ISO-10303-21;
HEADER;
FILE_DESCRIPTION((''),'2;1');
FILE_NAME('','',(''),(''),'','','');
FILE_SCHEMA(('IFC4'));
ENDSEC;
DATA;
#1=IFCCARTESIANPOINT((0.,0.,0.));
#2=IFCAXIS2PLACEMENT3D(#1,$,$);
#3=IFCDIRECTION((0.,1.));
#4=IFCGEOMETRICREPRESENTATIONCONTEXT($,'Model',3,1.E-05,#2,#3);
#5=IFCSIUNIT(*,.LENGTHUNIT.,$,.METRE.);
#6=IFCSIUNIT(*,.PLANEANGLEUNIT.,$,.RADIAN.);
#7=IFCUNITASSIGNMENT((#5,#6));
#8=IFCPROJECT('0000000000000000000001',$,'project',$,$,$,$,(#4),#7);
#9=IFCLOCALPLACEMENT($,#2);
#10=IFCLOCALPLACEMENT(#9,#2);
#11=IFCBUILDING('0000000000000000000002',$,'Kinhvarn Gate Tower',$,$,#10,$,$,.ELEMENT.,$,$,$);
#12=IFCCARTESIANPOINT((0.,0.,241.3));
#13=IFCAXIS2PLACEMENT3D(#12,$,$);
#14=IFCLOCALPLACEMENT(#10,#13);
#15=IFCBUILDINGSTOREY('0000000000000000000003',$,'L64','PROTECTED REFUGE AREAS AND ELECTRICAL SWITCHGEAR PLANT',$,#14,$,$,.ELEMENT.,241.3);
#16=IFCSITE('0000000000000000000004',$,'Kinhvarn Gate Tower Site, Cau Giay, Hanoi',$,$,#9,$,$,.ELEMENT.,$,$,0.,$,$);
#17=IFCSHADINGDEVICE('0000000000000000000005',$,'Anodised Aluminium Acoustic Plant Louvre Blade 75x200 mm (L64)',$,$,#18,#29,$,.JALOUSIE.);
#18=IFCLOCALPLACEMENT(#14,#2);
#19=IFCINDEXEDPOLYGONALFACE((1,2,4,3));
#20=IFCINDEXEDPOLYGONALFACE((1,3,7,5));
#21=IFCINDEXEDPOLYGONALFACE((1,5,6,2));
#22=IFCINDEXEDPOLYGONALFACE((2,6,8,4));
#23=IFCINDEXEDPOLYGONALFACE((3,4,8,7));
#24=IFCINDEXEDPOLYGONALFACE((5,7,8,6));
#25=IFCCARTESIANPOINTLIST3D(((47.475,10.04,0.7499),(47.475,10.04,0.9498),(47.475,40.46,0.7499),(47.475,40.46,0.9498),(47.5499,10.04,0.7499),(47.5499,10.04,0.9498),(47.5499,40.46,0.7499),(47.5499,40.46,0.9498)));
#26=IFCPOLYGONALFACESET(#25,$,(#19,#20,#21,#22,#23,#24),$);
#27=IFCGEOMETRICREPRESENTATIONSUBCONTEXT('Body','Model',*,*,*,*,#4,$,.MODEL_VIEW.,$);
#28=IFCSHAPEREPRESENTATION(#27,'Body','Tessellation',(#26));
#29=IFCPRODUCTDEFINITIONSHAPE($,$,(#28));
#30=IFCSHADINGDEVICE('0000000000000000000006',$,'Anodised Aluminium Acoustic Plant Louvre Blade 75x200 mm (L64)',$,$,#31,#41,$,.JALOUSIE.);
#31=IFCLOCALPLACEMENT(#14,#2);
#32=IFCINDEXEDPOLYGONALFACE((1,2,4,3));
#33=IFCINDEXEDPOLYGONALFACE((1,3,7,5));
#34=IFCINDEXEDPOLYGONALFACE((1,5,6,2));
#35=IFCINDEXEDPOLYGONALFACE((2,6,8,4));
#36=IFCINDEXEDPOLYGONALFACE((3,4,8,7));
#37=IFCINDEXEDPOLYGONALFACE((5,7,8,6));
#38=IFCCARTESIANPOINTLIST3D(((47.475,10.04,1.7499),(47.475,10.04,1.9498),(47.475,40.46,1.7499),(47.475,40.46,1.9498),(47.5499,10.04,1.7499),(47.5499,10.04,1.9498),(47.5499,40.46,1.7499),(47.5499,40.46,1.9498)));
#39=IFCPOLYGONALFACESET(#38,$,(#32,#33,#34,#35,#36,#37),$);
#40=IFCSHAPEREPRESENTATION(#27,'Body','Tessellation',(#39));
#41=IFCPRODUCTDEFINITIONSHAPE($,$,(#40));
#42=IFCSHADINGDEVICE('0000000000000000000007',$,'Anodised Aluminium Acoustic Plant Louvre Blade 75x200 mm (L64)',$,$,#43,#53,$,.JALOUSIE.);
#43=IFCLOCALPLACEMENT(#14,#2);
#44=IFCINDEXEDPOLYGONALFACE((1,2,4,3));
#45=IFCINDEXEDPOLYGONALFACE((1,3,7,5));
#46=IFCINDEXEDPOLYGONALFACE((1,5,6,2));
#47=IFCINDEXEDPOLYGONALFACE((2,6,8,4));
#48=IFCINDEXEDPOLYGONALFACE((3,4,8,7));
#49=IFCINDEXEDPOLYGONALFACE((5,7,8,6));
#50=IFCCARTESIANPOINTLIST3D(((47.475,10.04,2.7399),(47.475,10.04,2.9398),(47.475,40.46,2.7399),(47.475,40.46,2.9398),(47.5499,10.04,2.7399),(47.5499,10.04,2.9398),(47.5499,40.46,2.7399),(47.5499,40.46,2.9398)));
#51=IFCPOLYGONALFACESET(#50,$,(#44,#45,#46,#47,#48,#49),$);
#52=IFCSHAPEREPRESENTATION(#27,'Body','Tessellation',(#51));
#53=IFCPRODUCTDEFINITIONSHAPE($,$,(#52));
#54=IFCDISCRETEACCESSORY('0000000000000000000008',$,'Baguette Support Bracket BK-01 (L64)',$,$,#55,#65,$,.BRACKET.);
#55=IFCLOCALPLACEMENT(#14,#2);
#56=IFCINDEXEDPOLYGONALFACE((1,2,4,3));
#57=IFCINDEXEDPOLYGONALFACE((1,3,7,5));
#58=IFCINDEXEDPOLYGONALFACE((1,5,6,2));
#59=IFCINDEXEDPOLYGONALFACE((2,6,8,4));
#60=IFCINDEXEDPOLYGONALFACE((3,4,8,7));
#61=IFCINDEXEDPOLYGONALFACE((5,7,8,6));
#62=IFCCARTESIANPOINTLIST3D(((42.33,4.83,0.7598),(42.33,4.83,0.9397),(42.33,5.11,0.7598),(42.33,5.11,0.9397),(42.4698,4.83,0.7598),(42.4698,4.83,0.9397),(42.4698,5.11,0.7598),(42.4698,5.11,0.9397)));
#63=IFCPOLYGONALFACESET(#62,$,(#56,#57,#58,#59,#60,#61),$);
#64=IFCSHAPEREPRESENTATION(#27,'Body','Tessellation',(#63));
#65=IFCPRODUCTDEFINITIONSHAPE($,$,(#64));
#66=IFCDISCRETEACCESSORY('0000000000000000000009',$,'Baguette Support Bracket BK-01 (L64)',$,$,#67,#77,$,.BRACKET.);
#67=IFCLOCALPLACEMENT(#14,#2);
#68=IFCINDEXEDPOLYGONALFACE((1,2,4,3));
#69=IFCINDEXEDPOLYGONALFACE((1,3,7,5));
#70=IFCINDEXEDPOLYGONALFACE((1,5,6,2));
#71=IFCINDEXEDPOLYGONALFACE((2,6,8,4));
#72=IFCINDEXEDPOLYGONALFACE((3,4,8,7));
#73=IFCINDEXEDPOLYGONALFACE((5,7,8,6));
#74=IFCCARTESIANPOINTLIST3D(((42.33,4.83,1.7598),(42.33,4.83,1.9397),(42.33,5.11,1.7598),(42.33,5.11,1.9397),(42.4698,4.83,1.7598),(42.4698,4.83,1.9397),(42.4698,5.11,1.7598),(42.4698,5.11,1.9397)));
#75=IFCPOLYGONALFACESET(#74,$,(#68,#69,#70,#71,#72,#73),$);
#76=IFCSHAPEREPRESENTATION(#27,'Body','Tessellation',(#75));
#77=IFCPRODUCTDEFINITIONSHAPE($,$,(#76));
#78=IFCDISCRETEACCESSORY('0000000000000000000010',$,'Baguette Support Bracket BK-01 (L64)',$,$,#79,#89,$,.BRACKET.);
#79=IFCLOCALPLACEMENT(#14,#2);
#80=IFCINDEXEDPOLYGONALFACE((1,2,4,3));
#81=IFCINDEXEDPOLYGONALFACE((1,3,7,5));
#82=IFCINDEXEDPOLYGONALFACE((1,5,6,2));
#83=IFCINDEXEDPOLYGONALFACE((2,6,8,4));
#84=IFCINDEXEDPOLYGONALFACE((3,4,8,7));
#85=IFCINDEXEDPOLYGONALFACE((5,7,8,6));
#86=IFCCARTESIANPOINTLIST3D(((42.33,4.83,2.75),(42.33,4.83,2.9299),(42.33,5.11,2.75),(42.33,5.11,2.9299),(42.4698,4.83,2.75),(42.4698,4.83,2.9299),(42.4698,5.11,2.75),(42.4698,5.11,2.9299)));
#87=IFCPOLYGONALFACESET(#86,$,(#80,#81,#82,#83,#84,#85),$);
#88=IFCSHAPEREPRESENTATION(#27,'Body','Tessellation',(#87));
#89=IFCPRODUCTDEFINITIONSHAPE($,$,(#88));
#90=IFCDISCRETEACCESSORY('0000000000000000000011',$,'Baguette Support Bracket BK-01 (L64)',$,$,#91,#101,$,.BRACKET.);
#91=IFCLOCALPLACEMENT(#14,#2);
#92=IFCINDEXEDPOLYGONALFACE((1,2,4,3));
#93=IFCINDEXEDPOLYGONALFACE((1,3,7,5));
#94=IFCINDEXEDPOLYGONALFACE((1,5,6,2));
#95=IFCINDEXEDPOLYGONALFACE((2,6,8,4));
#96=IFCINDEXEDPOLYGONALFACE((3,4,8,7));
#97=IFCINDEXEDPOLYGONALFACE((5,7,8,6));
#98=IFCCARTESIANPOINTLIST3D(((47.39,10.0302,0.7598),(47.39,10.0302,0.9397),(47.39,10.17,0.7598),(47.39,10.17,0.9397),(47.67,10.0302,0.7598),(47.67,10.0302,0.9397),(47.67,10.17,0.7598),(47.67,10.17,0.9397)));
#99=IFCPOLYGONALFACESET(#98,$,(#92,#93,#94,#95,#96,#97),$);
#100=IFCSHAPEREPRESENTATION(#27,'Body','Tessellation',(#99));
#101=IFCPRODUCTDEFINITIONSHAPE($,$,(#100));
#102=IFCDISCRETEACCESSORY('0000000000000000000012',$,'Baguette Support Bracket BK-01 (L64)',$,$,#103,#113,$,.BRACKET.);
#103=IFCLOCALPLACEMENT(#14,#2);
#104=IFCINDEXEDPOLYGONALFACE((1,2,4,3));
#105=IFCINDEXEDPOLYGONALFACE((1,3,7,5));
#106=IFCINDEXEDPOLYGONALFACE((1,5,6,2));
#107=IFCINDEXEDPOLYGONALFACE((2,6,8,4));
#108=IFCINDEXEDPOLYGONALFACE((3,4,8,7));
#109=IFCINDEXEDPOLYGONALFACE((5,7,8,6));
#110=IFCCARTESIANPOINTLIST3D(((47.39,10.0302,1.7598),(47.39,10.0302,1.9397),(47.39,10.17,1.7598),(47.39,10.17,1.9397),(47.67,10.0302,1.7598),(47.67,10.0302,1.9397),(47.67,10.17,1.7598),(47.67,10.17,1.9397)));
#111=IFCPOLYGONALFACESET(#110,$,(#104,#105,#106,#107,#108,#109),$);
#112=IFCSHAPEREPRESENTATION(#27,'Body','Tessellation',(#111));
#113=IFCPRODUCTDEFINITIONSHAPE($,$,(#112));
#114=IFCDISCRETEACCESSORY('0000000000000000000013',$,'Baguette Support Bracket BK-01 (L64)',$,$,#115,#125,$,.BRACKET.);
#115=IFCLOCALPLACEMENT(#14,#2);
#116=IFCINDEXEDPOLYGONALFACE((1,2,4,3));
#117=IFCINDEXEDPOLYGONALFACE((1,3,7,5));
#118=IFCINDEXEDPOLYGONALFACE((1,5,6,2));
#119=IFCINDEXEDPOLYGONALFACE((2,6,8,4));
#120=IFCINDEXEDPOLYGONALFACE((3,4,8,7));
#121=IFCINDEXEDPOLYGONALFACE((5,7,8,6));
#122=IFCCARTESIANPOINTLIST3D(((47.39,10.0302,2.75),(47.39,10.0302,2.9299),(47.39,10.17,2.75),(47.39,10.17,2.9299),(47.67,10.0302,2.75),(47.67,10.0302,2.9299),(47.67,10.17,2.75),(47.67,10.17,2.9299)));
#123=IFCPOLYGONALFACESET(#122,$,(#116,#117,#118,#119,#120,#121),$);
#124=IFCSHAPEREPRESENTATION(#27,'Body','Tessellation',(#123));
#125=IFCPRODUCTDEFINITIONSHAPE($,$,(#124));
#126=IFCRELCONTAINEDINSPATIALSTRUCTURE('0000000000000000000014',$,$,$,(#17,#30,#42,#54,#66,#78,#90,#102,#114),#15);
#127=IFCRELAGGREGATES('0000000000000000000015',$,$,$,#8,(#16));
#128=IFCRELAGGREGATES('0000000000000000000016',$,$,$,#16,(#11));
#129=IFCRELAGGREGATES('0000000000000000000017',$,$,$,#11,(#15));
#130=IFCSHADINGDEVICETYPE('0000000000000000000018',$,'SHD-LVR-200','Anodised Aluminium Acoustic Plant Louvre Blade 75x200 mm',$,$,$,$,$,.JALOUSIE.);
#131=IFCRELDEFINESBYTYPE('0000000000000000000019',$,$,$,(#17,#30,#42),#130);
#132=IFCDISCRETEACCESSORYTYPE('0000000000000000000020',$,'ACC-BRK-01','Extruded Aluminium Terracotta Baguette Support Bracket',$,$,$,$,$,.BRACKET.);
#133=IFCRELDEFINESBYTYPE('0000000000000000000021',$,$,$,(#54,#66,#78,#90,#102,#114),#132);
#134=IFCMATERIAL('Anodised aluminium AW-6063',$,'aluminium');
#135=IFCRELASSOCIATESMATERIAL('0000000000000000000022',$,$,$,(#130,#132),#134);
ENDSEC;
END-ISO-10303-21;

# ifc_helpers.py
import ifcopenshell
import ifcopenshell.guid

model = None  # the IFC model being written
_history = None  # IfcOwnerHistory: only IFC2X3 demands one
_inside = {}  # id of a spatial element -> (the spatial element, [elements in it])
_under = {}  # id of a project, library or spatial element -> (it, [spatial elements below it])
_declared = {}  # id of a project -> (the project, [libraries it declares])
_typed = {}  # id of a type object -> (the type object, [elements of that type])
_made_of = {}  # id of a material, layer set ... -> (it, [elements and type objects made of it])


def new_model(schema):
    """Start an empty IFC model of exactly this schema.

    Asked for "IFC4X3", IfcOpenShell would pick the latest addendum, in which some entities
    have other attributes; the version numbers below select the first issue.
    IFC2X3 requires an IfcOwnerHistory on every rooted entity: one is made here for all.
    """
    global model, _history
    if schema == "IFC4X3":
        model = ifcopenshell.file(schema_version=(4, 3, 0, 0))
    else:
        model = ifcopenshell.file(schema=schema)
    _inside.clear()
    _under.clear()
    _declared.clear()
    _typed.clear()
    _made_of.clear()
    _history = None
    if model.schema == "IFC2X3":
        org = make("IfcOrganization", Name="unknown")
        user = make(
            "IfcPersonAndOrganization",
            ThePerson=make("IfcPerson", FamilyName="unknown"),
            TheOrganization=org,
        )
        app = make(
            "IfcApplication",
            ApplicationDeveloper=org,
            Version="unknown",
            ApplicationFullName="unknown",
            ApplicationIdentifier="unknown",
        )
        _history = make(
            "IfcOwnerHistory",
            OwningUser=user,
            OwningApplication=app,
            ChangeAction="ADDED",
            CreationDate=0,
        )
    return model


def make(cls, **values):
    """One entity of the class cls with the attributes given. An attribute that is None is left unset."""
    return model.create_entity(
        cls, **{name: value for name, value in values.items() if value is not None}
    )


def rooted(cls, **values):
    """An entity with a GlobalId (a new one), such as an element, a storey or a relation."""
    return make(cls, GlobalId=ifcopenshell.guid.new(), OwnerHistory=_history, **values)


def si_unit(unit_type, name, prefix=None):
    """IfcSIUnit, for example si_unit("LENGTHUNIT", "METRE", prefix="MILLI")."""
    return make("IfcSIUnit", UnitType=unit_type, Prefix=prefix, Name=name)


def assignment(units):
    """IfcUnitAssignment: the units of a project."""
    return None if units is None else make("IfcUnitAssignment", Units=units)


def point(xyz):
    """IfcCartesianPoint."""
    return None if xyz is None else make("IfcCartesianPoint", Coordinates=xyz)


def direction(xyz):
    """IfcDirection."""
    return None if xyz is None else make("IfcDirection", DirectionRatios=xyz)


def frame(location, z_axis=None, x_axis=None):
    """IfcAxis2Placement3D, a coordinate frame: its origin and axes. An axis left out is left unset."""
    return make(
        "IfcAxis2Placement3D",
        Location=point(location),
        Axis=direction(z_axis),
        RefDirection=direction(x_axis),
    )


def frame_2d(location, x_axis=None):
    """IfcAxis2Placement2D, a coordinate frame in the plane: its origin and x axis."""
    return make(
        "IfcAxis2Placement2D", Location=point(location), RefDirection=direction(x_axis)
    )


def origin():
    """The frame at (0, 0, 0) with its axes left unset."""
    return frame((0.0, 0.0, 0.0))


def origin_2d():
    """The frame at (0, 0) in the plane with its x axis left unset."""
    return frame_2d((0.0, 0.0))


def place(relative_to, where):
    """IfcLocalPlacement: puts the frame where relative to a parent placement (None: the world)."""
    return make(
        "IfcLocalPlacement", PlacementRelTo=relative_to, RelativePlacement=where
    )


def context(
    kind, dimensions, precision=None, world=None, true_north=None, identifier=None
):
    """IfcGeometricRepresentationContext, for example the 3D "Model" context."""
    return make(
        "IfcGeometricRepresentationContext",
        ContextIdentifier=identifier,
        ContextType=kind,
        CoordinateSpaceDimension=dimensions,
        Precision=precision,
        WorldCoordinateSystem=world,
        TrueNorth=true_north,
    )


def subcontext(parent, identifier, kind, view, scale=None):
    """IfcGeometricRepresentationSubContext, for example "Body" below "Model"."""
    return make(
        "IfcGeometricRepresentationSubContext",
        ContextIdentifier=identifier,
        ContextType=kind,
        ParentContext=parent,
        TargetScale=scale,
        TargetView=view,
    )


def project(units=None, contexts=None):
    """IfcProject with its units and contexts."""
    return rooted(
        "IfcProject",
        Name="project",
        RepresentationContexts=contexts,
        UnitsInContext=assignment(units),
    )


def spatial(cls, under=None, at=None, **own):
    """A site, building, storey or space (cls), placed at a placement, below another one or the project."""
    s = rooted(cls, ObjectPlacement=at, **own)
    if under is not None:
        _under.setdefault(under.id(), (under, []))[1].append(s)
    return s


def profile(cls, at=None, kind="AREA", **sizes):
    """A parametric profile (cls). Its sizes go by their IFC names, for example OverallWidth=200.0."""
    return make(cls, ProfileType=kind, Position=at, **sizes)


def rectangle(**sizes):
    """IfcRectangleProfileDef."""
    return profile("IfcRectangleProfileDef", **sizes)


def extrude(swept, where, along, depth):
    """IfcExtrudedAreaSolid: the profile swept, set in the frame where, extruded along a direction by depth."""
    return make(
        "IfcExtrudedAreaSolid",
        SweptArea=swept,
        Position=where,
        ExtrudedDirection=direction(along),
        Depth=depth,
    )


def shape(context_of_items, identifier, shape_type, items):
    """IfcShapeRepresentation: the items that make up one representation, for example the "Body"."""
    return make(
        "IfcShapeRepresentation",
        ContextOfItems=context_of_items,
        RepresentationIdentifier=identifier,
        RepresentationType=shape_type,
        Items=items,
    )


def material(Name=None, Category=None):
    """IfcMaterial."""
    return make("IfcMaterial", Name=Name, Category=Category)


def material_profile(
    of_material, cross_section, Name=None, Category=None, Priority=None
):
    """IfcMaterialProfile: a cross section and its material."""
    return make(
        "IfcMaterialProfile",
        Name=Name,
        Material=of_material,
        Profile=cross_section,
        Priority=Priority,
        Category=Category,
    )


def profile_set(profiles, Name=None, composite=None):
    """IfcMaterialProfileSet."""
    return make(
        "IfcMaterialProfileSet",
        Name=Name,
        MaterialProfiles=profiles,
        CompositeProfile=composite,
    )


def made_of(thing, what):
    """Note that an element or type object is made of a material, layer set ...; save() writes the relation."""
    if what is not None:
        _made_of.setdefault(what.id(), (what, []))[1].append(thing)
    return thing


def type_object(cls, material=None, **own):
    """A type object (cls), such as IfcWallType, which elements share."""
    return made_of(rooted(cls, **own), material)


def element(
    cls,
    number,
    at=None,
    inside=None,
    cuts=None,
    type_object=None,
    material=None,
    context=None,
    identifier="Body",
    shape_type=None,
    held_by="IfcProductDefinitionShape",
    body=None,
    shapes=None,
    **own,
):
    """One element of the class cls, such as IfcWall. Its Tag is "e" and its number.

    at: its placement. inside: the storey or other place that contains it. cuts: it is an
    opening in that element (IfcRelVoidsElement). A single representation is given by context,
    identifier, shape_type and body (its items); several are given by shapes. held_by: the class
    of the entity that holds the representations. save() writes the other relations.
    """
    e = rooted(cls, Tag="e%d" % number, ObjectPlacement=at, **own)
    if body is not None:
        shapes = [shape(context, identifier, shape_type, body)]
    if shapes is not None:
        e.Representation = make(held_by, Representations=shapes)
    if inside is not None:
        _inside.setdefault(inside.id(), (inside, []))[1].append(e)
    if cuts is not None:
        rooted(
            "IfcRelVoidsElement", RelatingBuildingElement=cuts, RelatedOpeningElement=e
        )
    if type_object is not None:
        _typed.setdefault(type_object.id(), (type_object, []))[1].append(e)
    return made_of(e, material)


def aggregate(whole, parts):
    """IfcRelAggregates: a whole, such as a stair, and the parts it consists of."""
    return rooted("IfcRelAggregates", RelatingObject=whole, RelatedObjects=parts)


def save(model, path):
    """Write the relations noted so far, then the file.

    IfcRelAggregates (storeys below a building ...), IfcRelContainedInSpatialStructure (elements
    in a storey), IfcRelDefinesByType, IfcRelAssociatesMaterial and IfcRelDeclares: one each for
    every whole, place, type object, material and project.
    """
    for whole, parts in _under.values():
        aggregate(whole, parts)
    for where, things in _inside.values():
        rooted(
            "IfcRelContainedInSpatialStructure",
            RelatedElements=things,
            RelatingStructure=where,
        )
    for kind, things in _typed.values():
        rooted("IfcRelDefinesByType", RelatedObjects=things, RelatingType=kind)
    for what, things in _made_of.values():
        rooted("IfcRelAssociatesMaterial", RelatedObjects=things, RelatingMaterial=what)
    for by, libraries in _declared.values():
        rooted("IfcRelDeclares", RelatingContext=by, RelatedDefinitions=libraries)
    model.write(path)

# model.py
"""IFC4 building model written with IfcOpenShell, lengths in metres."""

from ifc_helpers import new_model, si_unit, direction, frame, origin, origin_2d, place, context, subcontext, project, spatial, rectangle, extrude, material, material_profile, profile_set, type_object, element, save


model = new_model("IFC4")

# Units and contexts
model_context = context("Model", 3, precision=1e-05, world=origin(), true_north=direction((0.0, 1.0)))
body_context = subcontext(model_context, "Body", "Model", "MODEL_VIEW")
ifc_project = project(units=[si_unit("LENGTHUNIT", "METRE"), si_unit("PLANEANGLEUNIT", "RADIAN")], contexts=[model_context])

# Site, building, storey
site_placement = place(None, origin())
site = spatial("IfcSite", under=ifc_project, at=site_placement, Name="Kinhvarn Gate Tower Site, Cau Giay, Hanoi", CompositionType="ELEMENT", RefElevation=0.0)
building_placement = place(site_placement, origin())
building = spatial("IfcBuilding", under=site, at=building_placement, Name="Kinhvarn Gate Tower", CompositionType="ELEMENT")
storey_placement = place(building_placement, frame((0.0, 0.0, 241.3)))
storey = spatial("IfcBuildingStorey", under=building, at=storey_placement, Name="L64", Description="PROTECTED REFUGE AREAS AND ELECTRICAL SWITCHGEAR PLANT", CompositionType="ELEMENT", Elevation=241.3)

# Shared definitions
ifc_material_1 = material(Name="Anodised aluminium AW-6063", Category="aluminium")

# Shading devices
ifc_material_profile_1 = material_profile(ifc_material_1, rectangle(XDim=0.075, YDim=0.2, at=origin_2d()), Name="LOUVRE 75x200")
ifc_profile_set_1 = profile_set([ifc_material_profile_1], Name="Anodised aluminium AW-6063")
shading_device_type = type_object("IfcShadingDeviceType", Name="SHD-LVR-200", Description="Anodised Aluminium Acoustic Plant Louvre Blade 75x200 mm", PredefinedType="JALOUSIE", material=ifc_profile_set_1)
for number, where, z_axis, x_axis, name in (
    (1, (47.5125, 10.04, 0.8499), (0.0, 1.0, 0.0), (-1.0, 0.0, 0.0), "Anodised Aluminium Acoustic Plant Louvre Blade 75x200 mm (L64)"),
    (2, (47.5125, 10.04, 1.8499), (0.0, 1.0, 0.0), (-1.0, 0.0, 0.0), "Anodised Aluminium Acoustic Plant Louvre Blade 75x200 mm (L64)"),
    (3, (47.5125, 10.04, 2.8398), (0.0, 1.0, 0.0), (-1.0, 0.0, 0.0), "Anodised Aluminium Acoustic Plant Louvre Blade 75x200 mm (L64)"),
):
    element("IfcShadingDevice", number, at=place(storey_placement, frame(where, z_axis=z_axis, x_axis=x_axis)), inside=storey, type_object=shading_device_type, Name=name, PredefinedType="JALOUSIE", context=body_context, shape_type="SweptSolid", body=[
        extrude(rectangle(XDim=0.075, YDim=0.2, at=origin_2d()), origin(), (0.0, 0.0, 1.0), 30.4199),
    ])

# Discrete accessories
discrete_accessory_type = type_object("IfcDiscreteAccessoryType", Name="ACC-BRK-01", Description="Extruded Aluminium Terracotta Baguette Support Bracket", PredefinedType="BRACKET", material=ifc_material_1)
for number, where, z_axis, x_axis, name in (
    (4, (42.3999, 4.97, 0.7598), (0.0, 0.0, 1.0), (1.0, 0.0, 0.0), "Baguette Support Bracket BK-01 (L64)"),
    (5, (42.3999, 4.97, 1.7598), (0.0, 0.0, 1.0), (1.0, 0.0, 0.0), "Baguette Support Bracket BK-01 (L64)"),
    (6, (42.3999, 4.97, 2.75), (0.0, 0.0, 1.0), (1.0, 0.0, 0.0), "Baguette Support Bracket BK-01 (L64)"),
    (7, (47.53, 10.1001, 0.7598), (0.0, 0.0, 1.0), (0.0, 1.0, 0.0), "Baguette Support Bracket BK-01 (L64)"),
    (8, (47.53, 10.1001, 1.7598), (0.0, 0.0, 1.0), (0.0, 1.0, 0.0), "Baguette Support Bracket BK-01 (L64)"),
    (9, (47.53, 10.1001, 2.75), (0.0, 0.0, 1.0), (0.0, 1.0, 0.0), "Baguette Support Bracket BK-01 (L64)"),
):
    element("IfcDiscreteAccessory", number, at=place(storey_placement, frame(where, z_axis=z_axis, x_axis=x_axis)), inside=storey, type_object=discrete_accessory_type, Name=name, PredefinedType="BRACKET", context=body_context, shape_type="SweptSolid", body=[
        extrude(rectangle(XDim=0.1399, YDim=0.28, at=origin_2d()), origin(), (0.0, 0.0, 1.0), 0.1799),
    ])

save(model, "model.ifc")
